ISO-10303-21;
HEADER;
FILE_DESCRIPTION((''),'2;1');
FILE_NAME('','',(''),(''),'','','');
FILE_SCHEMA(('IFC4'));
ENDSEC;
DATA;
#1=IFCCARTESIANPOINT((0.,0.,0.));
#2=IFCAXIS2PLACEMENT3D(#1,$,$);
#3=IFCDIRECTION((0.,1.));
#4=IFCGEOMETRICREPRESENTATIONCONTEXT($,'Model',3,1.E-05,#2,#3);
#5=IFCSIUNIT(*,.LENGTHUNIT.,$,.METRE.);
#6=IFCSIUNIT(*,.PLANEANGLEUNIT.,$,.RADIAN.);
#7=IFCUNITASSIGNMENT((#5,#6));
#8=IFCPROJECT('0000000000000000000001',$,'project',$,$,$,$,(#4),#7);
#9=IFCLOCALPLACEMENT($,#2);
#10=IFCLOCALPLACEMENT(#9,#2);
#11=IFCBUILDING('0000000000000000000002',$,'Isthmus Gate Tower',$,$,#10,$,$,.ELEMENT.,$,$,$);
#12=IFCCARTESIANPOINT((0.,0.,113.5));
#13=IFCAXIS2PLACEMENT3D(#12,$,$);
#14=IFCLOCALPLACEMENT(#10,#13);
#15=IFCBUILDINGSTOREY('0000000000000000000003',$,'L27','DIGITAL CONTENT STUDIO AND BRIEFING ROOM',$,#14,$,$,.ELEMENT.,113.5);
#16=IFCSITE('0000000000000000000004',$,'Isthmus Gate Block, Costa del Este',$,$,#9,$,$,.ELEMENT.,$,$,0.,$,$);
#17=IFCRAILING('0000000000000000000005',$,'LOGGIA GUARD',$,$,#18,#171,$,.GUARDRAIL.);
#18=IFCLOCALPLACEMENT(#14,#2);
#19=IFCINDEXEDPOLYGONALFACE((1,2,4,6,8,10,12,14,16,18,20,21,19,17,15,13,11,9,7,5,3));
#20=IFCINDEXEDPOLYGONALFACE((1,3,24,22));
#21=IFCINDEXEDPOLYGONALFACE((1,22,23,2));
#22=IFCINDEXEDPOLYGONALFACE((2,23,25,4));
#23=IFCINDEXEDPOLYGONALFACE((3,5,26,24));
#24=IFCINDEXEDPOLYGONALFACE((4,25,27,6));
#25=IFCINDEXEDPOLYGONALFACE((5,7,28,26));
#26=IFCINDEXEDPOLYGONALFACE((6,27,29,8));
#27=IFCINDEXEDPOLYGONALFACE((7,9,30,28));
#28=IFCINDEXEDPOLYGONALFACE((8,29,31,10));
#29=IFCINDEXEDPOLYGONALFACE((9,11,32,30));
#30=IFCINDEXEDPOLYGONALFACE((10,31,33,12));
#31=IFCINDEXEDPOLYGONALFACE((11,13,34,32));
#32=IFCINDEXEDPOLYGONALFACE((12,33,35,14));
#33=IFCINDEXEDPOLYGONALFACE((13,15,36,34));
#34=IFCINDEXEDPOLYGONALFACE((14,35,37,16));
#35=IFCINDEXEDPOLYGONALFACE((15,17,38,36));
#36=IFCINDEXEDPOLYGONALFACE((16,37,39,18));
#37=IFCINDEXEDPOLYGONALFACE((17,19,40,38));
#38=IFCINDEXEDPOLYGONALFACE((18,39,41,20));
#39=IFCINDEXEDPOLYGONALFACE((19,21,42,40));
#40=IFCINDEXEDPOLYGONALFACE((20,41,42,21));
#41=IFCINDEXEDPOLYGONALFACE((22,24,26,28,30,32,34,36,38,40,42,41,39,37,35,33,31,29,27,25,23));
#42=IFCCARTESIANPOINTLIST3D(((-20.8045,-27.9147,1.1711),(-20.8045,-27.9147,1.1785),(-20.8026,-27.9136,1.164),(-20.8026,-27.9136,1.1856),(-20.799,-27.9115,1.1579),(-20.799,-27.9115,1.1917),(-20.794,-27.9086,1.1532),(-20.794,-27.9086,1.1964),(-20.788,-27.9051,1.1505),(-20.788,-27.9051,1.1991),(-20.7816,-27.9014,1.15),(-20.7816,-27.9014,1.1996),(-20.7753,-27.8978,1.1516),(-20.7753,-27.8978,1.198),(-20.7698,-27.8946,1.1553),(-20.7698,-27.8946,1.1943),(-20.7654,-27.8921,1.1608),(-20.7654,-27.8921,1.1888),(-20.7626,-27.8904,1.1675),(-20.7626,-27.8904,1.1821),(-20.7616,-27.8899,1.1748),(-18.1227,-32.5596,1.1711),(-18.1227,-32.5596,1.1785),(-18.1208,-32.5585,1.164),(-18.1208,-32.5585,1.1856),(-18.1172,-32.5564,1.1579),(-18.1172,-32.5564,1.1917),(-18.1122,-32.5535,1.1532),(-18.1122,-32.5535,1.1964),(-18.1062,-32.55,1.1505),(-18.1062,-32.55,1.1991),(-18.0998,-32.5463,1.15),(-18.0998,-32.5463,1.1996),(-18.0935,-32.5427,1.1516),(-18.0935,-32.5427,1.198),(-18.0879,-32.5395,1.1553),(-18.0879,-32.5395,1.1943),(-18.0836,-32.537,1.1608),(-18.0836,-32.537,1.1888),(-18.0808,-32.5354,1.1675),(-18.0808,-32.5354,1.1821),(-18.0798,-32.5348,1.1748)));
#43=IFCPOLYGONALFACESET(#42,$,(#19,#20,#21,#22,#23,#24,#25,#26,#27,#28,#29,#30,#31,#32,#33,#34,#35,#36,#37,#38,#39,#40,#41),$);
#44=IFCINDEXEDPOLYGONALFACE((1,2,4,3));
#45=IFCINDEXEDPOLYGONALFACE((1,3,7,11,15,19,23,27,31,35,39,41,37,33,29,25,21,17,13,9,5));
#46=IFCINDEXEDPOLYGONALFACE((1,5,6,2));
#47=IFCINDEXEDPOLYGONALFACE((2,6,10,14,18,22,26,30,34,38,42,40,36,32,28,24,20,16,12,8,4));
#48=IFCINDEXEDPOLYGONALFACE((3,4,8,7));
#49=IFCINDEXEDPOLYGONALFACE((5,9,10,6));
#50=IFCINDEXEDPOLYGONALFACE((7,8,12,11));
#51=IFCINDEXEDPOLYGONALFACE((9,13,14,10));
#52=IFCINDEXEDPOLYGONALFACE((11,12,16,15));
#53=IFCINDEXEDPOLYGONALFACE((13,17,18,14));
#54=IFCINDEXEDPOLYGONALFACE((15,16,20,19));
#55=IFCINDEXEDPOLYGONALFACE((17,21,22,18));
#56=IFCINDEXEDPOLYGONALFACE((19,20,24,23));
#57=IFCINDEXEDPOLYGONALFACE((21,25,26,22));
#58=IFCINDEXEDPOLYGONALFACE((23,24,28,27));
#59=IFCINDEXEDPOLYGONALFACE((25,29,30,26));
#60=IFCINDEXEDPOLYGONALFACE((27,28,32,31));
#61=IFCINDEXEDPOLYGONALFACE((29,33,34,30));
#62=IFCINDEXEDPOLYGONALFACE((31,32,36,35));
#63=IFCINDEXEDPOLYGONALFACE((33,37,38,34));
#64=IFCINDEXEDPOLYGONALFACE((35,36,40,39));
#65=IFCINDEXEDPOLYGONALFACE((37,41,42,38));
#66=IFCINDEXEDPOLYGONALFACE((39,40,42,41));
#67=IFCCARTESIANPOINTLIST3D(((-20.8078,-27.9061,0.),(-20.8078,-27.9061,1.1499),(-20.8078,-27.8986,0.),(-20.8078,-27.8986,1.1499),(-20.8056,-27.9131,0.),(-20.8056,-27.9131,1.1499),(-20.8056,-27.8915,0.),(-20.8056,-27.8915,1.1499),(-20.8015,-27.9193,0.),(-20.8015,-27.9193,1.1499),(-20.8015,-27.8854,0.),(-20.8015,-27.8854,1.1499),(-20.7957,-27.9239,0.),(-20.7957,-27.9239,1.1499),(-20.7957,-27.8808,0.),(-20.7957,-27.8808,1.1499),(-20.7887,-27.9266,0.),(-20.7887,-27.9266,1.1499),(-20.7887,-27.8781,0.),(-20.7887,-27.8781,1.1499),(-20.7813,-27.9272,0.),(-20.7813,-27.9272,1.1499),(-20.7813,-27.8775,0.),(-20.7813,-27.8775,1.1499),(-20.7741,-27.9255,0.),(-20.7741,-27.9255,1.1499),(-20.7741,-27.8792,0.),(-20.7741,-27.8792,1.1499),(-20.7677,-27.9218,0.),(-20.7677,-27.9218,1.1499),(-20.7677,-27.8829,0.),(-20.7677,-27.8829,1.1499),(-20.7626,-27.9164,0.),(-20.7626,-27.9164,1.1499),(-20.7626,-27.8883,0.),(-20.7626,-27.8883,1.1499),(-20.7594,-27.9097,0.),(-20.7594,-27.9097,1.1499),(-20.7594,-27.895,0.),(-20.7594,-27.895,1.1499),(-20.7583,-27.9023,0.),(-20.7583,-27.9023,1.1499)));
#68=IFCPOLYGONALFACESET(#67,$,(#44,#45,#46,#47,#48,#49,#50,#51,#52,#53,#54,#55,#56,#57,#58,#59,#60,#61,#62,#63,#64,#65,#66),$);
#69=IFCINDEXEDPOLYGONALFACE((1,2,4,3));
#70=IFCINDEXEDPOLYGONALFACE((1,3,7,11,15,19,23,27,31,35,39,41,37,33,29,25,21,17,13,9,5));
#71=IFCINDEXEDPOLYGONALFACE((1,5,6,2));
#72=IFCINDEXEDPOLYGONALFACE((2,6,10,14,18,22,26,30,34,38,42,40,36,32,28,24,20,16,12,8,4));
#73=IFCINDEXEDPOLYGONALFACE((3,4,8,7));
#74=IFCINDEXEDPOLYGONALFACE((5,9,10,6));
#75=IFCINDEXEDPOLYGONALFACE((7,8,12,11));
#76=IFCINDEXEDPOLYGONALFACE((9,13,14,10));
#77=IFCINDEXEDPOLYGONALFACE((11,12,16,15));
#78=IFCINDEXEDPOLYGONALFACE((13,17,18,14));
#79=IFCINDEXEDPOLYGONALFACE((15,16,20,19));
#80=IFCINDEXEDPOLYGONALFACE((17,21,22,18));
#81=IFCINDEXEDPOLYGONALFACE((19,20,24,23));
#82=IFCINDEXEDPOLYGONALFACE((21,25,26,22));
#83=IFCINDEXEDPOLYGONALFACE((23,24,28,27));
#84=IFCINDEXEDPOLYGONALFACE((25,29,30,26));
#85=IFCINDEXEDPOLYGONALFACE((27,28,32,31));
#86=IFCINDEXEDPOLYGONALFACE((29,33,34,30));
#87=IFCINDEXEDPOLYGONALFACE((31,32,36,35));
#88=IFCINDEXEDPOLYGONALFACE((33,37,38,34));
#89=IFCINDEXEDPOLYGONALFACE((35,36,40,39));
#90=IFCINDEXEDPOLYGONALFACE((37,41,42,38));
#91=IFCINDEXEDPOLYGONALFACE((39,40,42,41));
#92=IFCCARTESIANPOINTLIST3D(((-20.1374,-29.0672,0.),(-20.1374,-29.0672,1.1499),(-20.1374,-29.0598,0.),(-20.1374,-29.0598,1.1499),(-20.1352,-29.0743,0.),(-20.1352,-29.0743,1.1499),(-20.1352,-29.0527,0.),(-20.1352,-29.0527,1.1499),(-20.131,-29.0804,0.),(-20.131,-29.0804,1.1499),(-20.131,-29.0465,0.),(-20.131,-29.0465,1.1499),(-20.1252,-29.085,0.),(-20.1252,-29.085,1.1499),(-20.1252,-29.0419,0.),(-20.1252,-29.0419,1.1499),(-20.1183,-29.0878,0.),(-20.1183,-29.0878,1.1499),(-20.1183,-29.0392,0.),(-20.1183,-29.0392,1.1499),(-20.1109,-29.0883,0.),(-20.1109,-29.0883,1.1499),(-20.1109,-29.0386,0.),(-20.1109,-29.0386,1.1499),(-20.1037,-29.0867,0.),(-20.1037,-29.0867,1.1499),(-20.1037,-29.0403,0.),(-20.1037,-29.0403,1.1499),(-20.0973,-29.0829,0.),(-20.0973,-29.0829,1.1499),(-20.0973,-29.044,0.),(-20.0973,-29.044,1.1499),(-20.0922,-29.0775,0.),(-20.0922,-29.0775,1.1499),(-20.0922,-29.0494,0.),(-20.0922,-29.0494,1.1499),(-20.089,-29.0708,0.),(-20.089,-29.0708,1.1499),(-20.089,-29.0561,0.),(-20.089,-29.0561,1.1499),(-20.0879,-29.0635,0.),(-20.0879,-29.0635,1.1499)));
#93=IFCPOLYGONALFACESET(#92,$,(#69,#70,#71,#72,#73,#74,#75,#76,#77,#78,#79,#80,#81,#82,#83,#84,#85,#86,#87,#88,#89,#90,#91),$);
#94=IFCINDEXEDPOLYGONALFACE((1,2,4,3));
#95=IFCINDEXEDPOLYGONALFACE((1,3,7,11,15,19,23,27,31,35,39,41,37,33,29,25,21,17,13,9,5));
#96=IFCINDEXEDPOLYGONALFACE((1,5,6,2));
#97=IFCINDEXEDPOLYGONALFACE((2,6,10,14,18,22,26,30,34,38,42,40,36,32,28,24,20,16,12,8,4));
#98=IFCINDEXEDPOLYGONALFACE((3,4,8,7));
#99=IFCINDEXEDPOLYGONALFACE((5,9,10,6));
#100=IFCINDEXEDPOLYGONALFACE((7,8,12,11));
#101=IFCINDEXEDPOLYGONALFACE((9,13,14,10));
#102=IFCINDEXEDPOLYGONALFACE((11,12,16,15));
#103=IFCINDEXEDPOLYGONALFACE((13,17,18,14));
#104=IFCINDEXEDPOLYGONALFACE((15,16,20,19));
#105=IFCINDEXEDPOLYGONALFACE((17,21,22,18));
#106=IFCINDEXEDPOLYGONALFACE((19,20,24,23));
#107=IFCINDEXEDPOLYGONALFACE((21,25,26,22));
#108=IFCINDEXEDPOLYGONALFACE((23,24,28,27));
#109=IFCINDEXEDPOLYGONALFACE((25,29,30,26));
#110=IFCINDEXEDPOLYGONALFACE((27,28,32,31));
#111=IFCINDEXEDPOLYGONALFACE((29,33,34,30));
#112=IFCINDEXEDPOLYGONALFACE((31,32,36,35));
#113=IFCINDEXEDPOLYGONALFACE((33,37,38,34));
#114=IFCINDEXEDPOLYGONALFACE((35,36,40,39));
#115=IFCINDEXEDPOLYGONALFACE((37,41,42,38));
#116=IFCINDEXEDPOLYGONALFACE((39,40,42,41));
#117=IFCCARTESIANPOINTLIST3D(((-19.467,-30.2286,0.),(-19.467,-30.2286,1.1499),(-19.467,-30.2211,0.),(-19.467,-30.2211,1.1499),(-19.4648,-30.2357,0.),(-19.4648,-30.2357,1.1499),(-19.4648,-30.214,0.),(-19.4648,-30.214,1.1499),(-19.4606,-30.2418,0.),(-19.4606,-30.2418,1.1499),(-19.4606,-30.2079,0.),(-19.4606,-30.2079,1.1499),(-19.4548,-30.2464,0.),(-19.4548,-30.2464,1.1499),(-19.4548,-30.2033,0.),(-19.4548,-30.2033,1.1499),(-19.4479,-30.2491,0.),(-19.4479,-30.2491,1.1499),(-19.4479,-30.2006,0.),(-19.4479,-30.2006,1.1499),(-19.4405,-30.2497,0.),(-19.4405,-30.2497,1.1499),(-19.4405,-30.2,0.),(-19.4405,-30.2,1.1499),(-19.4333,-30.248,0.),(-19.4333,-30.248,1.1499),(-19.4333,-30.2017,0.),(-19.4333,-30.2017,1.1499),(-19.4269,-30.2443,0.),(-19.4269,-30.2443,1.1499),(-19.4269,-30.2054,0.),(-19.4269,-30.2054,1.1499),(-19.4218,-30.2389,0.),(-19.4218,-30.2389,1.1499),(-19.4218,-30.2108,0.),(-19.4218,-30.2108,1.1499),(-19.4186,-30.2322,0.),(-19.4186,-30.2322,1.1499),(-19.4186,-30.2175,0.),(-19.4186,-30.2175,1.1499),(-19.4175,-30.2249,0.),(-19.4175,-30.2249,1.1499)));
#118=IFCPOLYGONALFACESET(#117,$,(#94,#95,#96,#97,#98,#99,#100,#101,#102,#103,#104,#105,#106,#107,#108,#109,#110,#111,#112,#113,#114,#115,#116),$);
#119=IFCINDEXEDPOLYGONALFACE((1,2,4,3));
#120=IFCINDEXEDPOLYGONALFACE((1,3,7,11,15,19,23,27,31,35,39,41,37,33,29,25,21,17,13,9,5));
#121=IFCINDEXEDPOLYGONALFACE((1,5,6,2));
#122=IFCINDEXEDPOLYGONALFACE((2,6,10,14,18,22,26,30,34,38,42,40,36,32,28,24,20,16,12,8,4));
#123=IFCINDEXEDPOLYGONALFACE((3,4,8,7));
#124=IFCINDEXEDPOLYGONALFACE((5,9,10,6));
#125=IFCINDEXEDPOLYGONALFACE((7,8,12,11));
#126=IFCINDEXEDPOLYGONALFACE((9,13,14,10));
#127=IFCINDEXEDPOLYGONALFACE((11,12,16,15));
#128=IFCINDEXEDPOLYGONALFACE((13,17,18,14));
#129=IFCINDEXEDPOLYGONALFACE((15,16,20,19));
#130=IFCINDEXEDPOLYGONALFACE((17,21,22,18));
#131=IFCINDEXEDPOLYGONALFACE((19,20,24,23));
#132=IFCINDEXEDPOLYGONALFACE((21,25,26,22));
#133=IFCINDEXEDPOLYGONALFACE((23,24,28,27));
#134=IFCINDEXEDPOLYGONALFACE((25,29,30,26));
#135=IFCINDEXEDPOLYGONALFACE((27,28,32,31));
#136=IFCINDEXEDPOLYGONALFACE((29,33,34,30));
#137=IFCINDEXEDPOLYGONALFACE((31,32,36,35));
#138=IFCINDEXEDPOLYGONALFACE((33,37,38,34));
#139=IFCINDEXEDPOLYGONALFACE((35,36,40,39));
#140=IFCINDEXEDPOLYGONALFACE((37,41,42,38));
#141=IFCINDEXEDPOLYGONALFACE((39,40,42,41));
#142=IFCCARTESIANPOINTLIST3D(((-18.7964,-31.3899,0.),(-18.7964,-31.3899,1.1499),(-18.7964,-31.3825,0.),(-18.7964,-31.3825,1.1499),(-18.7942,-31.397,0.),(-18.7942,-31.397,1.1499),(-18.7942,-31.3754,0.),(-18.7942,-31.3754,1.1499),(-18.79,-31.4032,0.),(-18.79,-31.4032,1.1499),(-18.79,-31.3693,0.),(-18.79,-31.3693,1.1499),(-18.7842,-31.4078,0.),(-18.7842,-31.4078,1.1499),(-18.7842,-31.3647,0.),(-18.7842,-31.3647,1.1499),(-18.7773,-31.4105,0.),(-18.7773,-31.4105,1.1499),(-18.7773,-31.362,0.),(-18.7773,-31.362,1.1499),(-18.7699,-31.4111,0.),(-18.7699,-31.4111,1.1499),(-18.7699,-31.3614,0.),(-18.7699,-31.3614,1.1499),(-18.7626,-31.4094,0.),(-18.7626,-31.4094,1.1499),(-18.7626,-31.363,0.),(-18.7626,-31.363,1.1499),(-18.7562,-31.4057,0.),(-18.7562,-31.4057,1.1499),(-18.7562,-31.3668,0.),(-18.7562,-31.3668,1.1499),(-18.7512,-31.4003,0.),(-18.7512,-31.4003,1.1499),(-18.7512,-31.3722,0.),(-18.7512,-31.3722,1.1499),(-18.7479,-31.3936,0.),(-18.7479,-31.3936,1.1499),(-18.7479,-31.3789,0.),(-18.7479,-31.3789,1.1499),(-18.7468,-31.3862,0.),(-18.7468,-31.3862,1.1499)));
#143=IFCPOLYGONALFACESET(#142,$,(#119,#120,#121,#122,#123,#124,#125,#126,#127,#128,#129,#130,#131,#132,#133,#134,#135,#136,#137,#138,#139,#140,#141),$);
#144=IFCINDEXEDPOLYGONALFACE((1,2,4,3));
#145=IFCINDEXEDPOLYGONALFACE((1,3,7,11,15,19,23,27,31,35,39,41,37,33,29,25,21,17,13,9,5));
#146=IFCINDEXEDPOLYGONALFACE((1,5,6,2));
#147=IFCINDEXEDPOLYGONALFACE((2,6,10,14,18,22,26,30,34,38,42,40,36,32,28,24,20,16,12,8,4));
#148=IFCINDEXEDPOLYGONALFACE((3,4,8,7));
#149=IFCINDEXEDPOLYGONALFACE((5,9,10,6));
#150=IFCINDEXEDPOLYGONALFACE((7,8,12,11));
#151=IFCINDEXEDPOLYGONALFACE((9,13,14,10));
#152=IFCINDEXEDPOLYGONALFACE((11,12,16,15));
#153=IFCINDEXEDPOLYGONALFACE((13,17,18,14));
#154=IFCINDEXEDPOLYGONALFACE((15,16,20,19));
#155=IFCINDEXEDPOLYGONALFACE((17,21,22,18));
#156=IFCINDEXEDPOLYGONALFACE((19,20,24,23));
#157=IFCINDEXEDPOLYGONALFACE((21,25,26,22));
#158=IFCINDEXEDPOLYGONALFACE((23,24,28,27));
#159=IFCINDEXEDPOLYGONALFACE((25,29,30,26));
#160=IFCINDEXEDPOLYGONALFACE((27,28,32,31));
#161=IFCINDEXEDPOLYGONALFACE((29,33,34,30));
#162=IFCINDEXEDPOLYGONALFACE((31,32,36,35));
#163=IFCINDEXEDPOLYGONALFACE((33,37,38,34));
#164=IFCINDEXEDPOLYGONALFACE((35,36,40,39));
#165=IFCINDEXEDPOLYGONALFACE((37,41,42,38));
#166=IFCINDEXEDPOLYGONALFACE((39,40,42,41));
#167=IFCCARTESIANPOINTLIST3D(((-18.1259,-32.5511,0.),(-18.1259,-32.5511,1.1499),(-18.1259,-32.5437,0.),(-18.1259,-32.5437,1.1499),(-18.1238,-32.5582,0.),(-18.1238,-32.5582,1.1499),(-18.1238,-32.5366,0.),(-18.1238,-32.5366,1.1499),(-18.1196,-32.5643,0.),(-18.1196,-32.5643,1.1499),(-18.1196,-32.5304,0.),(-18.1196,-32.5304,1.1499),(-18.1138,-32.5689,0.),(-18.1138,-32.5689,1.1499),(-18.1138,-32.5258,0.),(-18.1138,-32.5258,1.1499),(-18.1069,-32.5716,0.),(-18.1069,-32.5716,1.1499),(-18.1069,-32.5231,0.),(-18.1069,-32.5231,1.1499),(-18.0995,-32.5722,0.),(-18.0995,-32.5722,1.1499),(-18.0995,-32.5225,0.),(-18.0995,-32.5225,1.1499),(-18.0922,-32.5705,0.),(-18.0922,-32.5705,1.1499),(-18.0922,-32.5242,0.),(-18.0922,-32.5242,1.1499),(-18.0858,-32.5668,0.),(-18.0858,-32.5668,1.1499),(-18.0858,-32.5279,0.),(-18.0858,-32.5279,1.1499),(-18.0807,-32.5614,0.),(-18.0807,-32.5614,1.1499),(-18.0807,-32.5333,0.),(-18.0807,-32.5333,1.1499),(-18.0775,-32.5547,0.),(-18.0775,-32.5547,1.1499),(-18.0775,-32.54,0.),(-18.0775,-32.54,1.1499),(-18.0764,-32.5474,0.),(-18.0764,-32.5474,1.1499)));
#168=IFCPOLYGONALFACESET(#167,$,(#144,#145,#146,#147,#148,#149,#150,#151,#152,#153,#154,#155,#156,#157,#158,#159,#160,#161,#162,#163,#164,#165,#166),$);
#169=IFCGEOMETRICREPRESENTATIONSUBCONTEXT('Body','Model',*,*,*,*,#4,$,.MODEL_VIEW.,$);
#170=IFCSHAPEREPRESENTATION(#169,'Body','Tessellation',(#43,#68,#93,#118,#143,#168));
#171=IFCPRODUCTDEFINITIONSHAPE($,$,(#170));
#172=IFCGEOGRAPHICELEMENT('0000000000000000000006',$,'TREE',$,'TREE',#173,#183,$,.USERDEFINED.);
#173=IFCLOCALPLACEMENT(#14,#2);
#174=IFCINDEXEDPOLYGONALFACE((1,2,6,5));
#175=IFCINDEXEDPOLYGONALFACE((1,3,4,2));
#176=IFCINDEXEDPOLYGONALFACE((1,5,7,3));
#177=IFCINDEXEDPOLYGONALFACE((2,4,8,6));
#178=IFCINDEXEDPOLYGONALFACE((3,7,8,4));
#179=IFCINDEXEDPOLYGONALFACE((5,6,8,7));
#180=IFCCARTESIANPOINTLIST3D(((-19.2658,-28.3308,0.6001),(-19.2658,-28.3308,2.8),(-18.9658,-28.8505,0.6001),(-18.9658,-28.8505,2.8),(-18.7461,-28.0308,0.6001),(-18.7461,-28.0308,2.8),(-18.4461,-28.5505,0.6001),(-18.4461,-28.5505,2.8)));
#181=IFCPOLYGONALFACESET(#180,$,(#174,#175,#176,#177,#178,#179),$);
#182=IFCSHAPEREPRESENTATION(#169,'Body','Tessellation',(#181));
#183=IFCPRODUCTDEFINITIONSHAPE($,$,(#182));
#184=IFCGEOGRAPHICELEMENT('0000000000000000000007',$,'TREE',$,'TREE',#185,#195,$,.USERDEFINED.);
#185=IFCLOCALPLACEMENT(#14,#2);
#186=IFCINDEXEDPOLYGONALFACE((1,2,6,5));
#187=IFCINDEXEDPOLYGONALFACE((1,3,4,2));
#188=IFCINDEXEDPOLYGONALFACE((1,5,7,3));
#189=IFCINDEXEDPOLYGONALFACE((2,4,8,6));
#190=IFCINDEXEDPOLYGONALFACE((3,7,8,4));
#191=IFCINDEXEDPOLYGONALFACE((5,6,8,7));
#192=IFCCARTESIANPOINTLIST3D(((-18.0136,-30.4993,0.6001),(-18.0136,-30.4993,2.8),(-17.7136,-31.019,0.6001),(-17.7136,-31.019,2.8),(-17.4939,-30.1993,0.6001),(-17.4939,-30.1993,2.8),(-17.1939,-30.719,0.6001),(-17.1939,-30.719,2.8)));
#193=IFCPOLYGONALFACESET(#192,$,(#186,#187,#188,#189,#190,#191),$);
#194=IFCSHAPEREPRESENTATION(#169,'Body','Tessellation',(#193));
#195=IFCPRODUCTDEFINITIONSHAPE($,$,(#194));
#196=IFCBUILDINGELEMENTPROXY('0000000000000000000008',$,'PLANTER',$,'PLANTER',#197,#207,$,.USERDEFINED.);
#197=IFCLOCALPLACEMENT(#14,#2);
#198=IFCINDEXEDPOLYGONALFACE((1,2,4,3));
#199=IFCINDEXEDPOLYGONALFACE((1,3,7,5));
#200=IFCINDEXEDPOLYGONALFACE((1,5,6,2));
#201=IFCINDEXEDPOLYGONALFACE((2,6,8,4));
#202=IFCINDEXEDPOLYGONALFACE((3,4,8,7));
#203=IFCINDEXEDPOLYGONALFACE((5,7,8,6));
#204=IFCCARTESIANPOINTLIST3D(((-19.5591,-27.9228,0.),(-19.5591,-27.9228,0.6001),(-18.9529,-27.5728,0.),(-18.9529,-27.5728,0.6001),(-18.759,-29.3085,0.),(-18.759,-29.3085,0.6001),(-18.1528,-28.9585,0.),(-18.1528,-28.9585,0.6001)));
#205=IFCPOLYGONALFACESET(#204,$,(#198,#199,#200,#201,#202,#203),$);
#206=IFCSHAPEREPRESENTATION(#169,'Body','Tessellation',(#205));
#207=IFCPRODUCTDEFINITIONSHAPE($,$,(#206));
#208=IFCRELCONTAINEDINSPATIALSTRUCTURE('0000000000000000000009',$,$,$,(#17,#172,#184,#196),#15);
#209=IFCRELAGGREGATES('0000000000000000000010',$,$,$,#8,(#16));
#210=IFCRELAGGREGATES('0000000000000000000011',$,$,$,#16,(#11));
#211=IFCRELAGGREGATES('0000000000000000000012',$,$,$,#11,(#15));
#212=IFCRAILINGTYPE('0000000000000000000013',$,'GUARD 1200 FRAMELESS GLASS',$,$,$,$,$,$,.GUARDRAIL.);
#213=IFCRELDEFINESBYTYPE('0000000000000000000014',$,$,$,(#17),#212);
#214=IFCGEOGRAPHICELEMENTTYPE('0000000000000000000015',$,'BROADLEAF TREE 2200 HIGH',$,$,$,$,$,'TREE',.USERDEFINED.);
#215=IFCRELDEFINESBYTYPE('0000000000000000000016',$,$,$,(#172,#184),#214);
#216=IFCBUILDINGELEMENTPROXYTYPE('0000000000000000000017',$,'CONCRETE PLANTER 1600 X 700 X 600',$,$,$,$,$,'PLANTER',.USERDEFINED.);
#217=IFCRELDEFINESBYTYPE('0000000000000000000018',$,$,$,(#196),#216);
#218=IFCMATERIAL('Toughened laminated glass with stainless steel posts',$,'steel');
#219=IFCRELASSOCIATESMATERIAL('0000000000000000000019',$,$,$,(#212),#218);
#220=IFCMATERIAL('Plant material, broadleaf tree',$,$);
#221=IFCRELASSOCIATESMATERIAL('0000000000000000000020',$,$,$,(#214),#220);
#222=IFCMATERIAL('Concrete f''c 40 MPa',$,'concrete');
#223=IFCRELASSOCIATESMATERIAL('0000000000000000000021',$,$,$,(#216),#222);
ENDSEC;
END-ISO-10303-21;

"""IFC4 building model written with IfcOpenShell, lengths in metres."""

from ifc_helpers import new_model, si_unit, direction, frame, origin, origin_2d, place, context, subcontext, project, spatial, rectangle, circle, extrude, material, type_object, element, save


model = new_model("IFC4")

# Units and contexts
model_context = context("Model", 3, precision=1e-05, world=origin(), true_north=direction((0.0, 1.0)))
body_context = subcontext(model_context, "Body", "Model", "MODEL_VIEW")
ifc_project = project(units=[si_unit("LENGTHUNIT", "METRE"), si_unit("PLANEANGLEUNIT", "RADIAN")], contexts=[model_context])

# Site, building, storey
site_placement = place(None, origin())
site = spatial("IfcSite", under=ifc_project, at=site_placement, Name="Isthmus Gate Block, Costa del Este", CompositionType="ELEMENT", RefElevation=0.0)
building_placement = place(site_placement, origin())
building = spatial("IfcBuilding", under=site, at=building_placement, Name="Isthmus Gate Tower", CompositionType="ELEMENT")
storey_placement = place(building_placement, frame((0.0, 0.0, 113.5)))
storey = spatial("IfcBuildingStorey", under=building, at=storey_placement, Name="L27", Description="DIGITAL CONTENT STUDIO AND BRIEFING ROOM", CompositionType="ELEMENT", Elevation=113.5)

# Railing
ifc_material_1 = material(Name="Toughened laminated glass with stainless steel posts", Category="steel")
railing_type = type_object("IfcRailingType", Name="GUARD 1200 FRAMELESS GLASS", PredefinedType="GUARDRAIL", material=ifc_material_1)
railing_placement = place(storey_placement, frame((-20.7832, -27.9023, 0.0)))
element("IfcRailing", 1, at=railing_placement, inside=storey, type_object=railing_type, Name="LOGGIA GUARD", PredefinedType="GUARDRAIL", context=body_context, shape_type="SweptSolid", body=[
    extrude(circle(Radius=0.0249, at=origin_2d()), frame((0.0, 0.0, 1.1748), z_axis=(0.500011, -0.866019, 0.0), x_axis=(0.866019, 0.500011, 0.0)), (0.0, 0.0, 1.0), 5.3635),
    extrude(circle(Radius=0.0249, at=origin_2d()), origin(), (0.0, 0.0, 1.0), 1.1499),
    extrude(circle(Radius=0.0249, at=origin_2d()), frame((0.6704, -1.1611, 0.0)), (0.0, 0.0, 1.0), 1.1499),
    extrude(circle(Radius=0.0249, at=origin_2d()), frame((1.3408, -2.3225, 0.0)), (0.0, 0.0, 1.0), 1.1499),
    extrude(circle(Radius=0.0249, at=origin_2d()), frame((2.0115, -3.4839, 0.0)), (0.0, 0.0, 1.0), 1.1499),
    extrude(circle(Radius=0.0249, at=origin_2d()), frame((2.6819, -4.645, 0.0)), (0.0, 0.0, 1.0), 1.1499),
])

# Geographic elements
ifc_material_2 = material(Name="Plant material, broadleaf tree")
geographic_element_type = type_object("IfcGeographicElementType", Name="BROADLEAF TREE 2200 HIGH", ElementType="TREE", PredefinedType="USERDEFINED", material=ifc_material_2)
for number, where, z_axis, x_axis, name in (
    (2, (-18.856, -28.4407, 0.6001), (0.0, 0.0, 1.0), (0.5, -0.866025, 0.0), "TREE"),
    (3, (-17.6038, -30.6091, 0.6001), (0.0, 0.0, 1.0), (0.5, -0.866025, 0.0), "TREE"),
):
    element("IfcGeographicElement", number, at=place(storey_placement, frame(where, z_axis=z_axis, x_axis=x_axis)), inside=storey, type_object=geographic_element_type, Name=name, ObjectType="TREE", PredefinedType="USERDEFINED", context=body_context, shape_type="SweptSolid", body=[
        extrude(rectangle(XDim=0.6001, YDim=0.6001, at=origin_2d()), origin(), (0.0, 0.0, 1.0), 2.2),
    ])

# Building element proxy
ifc_material_3 = material(Name="Concrete f'c 40 MPa", Category="concrete")
building_element_proxy_type = type_object("IfcBuildingElementProxyType", Name="CONCRETE PLANTER 1600 X 700 X 600", ElementType="PLANTER", PredefinedType="USERDEFINED", material=ifc_material_3)
for number, where, z_axis, x_axis, name in (
    (4, (-18.856, -28.4407, 0.0), (0.0, 0.0, 1.0), (0.5, -0.866025, 0.0), "PLANTER"),
):
    element("IfcBuildingElementProxy", number, at=place(storey_placement, frame(where, z_axis=z_axis, x_axis=x_axis)), inside=storey, type_object=building_element_proxy_type, Name=name, ObjectType="PLANTER", PredefinedType="USERDEFINED", context=body_context, shape_type="SweptSolid", body=[
        extrude(rectangle(XDim=1.6001, YDim=0.7, at=origin_2d()), origin(), (0.0, 0.0, 1.0), 0.6001),
    ])

save(model, "model.ifc")
